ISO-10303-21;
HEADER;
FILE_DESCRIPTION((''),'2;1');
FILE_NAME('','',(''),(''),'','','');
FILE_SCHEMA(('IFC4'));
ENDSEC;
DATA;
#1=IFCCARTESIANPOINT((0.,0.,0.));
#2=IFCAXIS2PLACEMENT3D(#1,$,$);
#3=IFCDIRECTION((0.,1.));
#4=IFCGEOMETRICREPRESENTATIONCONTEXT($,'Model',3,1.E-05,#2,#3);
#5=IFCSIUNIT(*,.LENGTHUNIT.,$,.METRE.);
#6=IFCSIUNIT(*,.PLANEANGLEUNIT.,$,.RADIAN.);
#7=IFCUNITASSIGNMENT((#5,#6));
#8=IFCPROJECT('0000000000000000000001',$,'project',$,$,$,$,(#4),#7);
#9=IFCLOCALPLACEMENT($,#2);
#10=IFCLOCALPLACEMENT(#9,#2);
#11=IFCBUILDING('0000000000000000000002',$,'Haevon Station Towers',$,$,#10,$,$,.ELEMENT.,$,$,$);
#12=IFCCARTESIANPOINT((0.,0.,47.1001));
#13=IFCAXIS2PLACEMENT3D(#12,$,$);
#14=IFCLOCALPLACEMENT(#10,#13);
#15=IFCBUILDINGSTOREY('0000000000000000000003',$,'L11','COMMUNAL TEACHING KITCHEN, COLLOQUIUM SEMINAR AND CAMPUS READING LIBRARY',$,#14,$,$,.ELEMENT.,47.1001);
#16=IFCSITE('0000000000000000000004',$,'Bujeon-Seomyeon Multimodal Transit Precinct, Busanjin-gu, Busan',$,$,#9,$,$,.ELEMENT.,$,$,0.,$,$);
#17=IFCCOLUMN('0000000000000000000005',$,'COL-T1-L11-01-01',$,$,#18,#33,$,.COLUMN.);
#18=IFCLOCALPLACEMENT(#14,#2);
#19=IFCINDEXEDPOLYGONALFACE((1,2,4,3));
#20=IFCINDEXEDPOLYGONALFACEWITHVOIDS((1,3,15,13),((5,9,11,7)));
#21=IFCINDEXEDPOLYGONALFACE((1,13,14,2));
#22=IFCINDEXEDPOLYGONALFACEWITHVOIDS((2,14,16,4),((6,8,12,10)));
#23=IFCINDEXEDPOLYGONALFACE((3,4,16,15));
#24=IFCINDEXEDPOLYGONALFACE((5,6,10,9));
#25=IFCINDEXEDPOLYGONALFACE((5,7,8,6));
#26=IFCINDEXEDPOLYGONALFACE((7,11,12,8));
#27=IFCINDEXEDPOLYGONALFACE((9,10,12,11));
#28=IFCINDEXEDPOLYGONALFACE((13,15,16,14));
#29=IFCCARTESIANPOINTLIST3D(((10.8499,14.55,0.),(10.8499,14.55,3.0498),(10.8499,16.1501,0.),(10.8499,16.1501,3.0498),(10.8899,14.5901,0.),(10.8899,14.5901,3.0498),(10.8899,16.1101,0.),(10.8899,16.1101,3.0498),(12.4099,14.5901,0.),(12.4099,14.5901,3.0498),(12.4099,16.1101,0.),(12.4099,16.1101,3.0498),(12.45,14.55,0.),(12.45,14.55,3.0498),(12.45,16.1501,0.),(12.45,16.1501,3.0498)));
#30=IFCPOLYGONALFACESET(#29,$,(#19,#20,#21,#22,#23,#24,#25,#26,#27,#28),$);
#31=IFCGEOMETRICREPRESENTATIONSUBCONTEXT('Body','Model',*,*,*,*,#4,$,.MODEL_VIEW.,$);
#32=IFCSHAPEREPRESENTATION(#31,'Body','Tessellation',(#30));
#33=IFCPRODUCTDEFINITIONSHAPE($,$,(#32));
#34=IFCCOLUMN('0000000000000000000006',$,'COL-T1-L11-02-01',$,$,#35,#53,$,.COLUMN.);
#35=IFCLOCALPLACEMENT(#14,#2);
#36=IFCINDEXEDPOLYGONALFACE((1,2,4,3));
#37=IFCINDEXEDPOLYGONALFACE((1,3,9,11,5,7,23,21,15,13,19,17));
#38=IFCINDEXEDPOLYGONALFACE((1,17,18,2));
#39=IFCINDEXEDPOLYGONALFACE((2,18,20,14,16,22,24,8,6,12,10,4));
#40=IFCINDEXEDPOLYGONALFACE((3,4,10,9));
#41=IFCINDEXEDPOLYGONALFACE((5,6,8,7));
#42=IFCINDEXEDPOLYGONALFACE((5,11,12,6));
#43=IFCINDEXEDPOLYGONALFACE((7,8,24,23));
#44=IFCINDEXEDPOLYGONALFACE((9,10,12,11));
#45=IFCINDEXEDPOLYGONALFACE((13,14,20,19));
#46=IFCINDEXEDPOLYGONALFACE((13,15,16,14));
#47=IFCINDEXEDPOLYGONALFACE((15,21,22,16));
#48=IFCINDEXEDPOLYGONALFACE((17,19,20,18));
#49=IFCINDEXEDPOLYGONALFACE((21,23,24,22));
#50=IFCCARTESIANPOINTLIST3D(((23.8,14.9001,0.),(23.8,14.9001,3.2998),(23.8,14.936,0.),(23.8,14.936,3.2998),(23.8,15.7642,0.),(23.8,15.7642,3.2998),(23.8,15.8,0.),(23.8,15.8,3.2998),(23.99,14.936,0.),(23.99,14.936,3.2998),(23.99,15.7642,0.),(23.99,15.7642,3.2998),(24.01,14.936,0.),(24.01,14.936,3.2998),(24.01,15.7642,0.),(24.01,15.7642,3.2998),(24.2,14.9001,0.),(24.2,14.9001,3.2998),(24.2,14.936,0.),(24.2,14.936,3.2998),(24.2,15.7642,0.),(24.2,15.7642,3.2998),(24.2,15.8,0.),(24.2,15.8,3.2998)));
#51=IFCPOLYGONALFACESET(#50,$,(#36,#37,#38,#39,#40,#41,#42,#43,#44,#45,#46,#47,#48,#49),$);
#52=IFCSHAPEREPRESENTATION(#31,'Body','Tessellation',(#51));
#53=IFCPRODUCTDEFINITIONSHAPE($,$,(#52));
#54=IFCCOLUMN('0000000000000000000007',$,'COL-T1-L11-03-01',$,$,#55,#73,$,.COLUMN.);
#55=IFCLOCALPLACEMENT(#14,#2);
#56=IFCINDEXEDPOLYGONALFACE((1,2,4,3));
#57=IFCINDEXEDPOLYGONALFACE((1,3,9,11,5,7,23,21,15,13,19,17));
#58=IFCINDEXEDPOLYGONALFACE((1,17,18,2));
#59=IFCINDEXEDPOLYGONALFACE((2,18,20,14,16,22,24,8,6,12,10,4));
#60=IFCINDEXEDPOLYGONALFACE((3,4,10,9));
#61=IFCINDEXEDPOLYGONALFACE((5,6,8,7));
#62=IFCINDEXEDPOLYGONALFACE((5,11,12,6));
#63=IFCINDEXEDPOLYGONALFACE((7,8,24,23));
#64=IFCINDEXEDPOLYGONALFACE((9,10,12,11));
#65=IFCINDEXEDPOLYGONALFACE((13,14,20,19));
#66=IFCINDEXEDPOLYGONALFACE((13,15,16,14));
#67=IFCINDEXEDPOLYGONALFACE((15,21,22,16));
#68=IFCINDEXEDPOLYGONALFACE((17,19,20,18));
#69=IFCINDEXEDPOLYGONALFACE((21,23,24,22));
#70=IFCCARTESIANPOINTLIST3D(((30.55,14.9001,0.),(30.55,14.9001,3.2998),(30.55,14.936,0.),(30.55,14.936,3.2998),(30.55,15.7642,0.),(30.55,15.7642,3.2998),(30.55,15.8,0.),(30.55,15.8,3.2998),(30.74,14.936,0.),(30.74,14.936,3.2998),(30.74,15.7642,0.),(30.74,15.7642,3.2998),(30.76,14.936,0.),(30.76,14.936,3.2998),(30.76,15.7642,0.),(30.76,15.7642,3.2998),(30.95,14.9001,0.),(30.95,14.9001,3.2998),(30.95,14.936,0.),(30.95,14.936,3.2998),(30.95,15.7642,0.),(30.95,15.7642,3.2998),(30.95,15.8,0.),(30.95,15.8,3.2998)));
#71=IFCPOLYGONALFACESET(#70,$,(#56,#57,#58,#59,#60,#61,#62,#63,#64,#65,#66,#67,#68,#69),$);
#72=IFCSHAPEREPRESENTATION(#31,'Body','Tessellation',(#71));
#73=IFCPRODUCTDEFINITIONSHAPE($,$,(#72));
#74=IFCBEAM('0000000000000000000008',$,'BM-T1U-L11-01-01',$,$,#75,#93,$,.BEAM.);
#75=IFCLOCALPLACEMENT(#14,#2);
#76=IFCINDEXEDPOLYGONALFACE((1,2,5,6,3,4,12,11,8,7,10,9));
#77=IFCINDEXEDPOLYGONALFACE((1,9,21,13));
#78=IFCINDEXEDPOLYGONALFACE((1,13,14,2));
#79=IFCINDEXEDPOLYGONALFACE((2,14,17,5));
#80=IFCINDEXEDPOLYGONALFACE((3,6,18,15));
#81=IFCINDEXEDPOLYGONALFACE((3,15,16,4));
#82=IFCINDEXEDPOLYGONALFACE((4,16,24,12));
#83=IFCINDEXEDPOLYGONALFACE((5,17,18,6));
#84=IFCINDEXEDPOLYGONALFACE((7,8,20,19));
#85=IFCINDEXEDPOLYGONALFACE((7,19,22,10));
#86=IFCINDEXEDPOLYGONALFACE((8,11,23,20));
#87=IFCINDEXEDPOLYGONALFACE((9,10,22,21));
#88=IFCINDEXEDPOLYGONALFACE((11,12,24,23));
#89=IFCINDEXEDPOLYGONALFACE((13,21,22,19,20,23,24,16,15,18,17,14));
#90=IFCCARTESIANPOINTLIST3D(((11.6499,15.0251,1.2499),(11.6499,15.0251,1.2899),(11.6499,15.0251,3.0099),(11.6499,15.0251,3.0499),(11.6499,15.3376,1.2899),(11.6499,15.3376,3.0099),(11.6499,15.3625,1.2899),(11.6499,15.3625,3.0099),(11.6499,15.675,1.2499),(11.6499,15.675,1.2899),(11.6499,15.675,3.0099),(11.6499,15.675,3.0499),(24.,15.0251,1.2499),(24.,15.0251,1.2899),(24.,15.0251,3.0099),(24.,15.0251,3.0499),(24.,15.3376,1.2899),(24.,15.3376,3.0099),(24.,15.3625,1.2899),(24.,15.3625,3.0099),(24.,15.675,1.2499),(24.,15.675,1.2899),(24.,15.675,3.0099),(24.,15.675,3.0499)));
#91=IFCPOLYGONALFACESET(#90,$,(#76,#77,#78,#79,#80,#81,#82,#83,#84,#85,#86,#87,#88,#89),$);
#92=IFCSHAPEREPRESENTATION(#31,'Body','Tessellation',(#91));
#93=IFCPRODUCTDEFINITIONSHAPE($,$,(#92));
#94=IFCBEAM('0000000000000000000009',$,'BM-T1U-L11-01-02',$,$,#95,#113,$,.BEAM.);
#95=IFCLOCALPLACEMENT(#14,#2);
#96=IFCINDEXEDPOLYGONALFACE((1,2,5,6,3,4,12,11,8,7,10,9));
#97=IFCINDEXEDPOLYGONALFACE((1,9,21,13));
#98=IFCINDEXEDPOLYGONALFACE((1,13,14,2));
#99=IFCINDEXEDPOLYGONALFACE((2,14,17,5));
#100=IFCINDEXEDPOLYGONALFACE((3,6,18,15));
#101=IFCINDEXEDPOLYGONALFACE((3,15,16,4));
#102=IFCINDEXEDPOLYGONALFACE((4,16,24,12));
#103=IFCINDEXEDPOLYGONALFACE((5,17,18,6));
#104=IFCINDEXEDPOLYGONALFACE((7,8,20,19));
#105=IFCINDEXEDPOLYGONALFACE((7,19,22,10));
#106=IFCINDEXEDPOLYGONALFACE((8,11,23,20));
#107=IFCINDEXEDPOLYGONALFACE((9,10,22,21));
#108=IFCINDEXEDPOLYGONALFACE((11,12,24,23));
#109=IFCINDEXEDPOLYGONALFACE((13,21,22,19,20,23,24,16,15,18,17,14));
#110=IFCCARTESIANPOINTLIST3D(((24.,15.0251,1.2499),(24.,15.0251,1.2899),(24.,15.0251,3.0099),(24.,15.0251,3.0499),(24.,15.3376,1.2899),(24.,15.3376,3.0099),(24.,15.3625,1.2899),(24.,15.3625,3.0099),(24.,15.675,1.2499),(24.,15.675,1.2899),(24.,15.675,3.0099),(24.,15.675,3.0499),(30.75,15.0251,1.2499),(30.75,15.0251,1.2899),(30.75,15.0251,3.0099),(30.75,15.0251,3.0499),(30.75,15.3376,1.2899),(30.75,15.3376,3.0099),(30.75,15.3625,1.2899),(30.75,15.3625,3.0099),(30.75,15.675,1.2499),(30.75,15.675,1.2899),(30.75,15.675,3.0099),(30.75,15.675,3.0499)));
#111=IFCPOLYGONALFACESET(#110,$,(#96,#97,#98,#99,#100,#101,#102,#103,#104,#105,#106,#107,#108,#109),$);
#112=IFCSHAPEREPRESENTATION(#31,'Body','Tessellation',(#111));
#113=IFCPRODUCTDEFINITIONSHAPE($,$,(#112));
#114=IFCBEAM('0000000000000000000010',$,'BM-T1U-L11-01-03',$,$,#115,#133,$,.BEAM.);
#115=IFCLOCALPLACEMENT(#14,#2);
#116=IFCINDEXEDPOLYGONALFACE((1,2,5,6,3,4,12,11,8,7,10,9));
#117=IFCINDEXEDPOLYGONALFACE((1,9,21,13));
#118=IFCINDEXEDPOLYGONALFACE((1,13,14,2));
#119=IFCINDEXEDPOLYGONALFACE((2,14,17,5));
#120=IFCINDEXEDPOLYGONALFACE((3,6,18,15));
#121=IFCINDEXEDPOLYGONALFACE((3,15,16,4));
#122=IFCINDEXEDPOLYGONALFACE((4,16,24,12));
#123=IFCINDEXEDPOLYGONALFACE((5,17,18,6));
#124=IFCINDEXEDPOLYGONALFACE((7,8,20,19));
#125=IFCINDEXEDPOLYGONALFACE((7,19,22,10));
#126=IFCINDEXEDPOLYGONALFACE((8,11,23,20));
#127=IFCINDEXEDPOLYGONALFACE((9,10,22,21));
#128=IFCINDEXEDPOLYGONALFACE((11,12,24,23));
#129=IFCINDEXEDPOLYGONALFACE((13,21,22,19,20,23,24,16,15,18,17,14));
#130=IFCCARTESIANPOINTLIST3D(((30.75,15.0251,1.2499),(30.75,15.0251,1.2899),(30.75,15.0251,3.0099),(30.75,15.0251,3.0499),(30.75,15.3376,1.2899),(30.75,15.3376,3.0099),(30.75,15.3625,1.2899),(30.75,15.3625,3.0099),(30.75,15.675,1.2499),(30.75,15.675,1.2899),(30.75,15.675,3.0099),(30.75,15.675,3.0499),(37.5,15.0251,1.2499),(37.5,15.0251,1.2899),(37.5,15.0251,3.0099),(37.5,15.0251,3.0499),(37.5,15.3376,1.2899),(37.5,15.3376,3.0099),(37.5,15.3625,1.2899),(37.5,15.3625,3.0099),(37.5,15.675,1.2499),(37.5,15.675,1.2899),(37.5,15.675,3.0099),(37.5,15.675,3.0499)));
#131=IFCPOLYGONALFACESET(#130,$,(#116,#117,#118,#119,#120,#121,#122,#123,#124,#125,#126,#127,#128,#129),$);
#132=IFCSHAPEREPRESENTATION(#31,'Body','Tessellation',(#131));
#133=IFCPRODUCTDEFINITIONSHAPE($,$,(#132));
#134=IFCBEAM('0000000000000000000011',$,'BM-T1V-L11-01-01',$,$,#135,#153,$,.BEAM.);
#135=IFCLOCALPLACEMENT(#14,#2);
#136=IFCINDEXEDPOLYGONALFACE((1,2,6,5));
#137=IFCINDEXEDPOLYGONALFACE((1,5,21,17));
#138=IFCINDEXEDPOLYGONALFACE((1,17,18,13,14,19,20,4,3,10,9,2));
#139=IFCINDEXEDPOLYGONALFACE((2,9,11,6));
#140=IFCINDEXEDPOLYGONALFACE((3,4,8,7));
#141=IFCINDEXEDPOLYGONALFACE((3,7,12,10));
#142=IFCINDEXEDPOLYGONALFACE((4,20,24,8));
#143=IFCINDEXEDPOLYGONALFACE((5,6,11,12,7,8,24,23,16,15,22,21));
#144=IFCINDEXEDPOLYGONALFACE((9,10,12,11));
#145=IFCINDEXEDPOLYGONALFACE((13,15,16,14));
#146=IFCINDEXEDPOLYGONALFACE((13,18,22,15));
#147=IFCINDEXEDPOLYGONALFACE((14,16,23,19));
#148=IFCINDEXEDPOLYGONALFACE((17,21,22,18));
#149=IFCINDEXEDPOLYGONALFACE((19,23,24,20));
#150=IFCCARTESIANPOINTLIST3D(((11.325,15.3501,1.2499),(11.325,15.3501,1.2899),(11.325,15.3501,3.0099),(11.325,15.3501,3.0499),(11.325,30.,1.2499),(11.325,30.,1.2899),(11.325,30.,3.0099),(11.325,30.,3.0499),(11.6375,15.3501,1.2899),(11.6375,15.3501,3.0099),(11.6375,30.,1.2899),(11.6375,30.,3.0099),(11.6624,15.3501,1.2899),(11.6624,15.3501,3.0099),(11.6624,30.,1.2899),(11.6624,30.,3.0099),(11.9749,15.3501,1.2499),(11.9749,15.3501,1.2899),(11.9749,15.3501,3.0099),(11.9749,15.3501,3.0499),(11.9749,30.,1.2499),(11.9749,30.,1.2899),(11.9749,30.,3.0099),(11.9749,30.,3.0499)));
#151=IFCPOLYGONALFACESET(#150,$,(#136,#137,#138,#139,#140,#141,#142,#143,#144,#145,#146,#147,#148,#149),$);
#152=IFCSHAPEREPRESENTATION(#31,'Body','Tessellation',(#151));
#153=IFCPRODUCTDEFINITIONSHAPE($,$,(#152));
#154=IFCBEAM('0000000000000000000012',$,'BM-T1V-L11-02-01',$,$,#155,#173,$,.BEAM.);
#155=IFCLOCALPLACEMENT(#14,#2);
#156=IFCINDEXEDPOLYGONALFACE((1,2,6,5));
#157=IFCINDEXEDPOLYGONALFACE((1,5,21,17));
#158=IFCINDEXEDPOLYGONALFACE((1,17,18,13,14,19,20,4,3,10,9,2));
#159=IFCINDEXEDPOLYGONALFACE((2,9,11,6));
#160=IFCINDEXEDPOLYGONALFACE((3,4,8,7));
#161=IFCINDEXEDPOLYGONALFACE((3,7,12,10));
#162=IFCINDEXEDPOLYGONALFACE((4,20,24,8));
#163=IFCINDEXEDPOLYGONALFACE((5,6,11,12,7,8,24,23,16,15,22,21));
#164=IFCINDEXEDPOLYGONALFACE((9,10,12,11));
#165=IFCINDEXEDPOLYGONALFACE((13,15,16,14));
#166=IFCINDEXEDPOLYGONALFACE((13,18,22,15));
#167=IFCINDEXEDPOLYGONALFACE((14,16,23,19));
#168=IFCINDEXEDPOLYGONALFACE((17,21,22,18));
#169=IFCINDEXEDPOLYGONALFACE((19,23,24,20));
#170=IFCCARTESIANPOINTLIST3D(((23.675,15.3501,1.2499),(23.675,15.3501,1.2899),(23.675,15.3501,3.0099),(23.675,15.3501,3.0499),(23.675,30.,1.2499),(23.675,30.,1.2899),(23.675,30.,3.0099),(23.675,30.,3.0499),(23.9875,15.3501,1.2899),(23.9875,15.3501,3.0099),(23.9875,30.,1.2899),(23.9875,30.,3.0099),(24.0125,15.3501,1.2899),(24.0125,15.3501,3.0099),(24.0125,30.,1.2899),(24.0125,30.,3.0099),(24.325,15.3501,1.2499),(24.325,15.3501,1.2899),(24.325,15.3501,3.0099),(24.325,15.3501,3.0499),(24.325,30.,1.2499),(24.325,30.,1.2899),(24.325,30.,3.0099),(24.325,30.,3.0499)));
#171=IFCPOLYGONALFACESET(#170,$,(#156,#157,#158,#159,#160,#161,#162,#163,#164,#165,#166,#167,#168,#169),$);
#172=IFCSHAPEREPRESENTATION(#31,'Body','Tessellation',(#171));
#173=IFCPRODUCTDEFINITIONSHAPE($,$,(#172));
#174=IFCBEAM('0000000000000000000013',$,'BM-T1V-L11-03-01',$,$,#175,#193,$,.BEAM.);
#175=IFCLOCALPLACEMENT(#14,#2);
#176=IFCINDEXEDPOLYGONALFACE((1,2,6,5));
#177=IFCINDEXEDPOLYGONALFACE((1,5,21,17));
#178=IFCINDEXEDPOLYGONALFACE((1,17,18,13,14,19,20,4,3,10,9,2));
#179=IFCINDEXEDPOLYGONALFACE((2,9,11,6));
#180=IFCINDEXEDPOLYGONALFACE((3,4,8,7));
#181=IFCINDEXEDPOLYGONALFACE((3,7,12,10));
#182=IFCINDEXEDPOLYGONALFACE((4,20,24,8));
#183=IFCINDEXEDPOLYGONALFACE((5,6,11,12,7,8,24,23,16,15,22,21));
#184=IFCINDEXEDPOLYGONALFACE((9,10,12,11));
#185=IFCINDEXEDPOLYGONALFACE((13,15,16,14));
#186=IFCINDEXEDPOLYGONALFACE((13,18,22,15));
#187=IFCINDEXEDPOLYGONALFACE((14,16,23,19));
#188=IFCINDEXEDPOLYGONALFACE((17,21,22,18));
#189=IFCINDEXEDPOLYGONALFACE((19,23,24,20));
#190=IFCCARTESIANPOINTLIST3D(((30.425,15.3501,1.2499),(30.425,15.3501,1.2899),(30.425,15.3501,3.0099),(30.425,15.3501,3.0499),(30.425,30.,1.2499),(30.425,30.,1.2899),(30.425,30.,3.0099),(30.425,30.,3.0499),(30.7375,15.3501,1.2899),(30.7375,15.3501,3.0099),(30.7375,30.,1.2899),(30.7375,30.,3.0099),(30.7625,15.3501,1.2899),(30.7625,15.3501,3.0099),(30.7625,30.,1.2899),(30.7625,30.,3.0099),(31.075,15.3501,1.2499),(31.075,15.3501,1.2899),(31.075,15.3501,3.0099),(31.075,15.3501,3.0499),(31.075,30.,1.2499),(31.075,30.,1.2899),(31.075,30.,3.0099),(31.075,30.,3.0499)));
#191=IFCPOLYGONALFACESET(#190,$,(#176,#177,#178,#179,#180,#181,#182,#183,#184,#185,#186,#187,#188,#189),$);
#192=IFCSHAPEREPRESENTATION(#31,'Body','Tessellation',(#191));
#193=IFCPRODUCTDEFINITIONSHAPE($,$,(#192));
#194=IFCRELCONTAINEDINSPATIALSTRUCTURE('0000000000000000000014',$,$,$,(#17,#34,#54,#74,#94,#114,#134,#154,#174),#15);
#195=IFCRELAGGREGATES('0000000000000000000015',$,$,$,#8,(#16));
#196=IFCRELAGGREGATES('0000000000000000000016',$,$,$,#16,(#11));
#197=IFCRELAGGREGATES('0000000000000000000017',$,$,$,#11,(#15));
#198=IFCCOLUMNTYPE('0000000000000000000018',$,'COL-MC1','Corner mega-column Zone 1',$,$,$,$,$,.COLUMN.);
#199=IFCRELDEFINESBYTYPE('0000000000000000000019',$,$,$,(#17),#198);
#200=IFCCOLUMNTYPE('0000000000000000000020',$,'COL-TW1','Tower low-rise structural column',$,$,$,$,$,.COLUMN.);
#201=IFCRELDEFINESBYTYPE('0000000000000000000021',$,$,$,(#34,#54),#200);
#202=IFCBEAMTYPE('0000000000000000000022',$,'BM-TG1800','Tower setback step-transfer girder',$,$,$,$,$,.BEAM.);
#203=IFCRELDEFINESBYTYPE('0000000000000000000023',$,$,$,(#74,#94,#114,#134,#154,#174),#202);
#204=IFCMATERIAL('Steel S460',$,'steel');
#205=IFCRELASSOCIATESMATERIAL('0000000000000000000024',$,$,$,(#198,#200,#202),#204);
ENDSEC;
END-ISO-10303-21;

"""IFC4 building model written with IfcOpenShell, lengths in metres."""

from ifc_helpers import new_model, si_unit, direction, frame, origin, origin_2d, place, context, subcontext, project, spatial, hollow_rectangle, i_section, extrude, material, material_profile, profile_set, type_object, element, save


model = new_model("IFC4")

# Units and contexts
model_context = context("Model", 3, precision=1e-05, world=origin(), true_north=direction((0.0, 1.0)))
body_context = subcontext(model_context, "Body", "Model", "MODEL_VIEW")
ifc_project = project(units=[si_unit("LENGTHUNIT", "METRE"), si_unit("PLANEANGLEUNIT", "RADIAN")], contexts=[model_context])

# Site, building, storey
site_placement = place(None, origin())
site = spatial("IfcSite", under=ifc_project, at=site_placement, Name="Bujeon-Seomyeon Multimodal Transit Precinct, Busanjin-gu, Busan", CompositionType="ELEMENT", RefElevation=0.0)
building_placement = place(site_placement, origin())
building = spatial("IfcBuilding", under=site, at=building_placement, Name="Haevon Station Towers", CompositionType="ELEMENT")
storey_placement = place(building_placement, frame((0.0, 0.0, 47.1001)))
storey = spatial("IfcBuildingStorey", under=building, at=storey_placement, Name="L11", Description="COMMUNAL TEACHING KITCHEN, COLLOQUIUM SEMINAR AND CAMPUS READING LIBRARY", CompositionType="ELEMENT", Elevation=47.1001)

# Columns
ifc_material_1 = material(Name="Steel S460", Category="steel")
ifc_material_profile_1 = material_profile(ifc_material_1, hollow_rectangle(XDim=1.6001, YDim=1.6001, WallThickness=0.04, at=origin_2d()), Name="BOX-1600x1600x40")
ifc_profile_set_1 = profile_set([ifc_material_profile_1], Name="Steel S460")
column_type_1 = type_object("IfcColumnType", Name="COL-MC1", Description="Corner mega-column Zone 1", PredefinedType="COLUMN", material=ifc_profile_set_1)
column_placement = place(storey_placement, frame((11.6499, 15.3501, 0.0), z_axis=(0.0, 0.0, 1.0), x_axis=(1.0, 0.0, 0.0)))
element("IfcColumn", 1, at=column_placement, inside=storey, type_object=column_type_1, Name="COL-T1-L11-01-01", PredefinedType="COLUMN", context=body_context, shape_type="SweptSolid", body=[
    extrude(hollow_rectangle(XDim=1.6001, YDim=1.6001, WallThickness=0.04, at=origin_2d()), origin(), (0.0, 0.0, 1.0), 3.0498),
])
ifc_material_profile_2 = material_profile(ifc_material_1, i_section(OverallWidth=0.3999, OverallDepth=0.8999, WebThickness=0.02, FlangeThickness=0.0359, at=origin_2d()), Name="H-900x400x20x36")
ifc_profile_set_2 = profile_set([ifc_material_profile_2], Name="Steel S460")
column_type_2 = type_object("IfcColumnType", Name="COL-TW1", Description="Tower low-rise structural column", PredefinedType="COLUMN", material=ifc_profile_set_2)
for number, where, z_axis, x_axis, name in (
    (2, (24.0, 15.3501, 0.0), (0.0, 0.0, 1.0), (1.0, 0.0, 0.0), "COL-T1-L11-02-01"),
    (3, (30.75, 15.3501, 0.0), (0.0, 0.0, 1.0), (1.0, 0.0, 0.0), "COL-T1-L11-03-01"),
):
    element("IfcColumn", number, at=place(storey_placement, frame(where, z_axis=z_axis, x_axis=x_axis)), inside=storey, type_object=column_type_2, Name=name, PredefinedType="COLUMN", context=body_context, shape_type="SweptSolid", body=[
        extrude(i_section(OverallWidth=0.3999, OverallDepth=0.8999, WebThickness=0.02, FlangeThickness=0.0359, at=origin_2d()), origin(), (0.0, 0.0, 1.0), 3.2998),
    ])

# Beams
ifc_material_profile_3 = material_profile(ifc_material_1, i_section(OverallWidth=0.6499, OverallDepth=1.8, WebThickness=0.0249, FlangeThickness=0.04, at=origin_2d()), Name="H-1800x650x25x40")
ifc_profile_set_3 = profile_set([ifc_material_profile_3], Name="Steel S460")
beam_type = type_object("IfcBeamType", Name="BM-TG1800", Description="Tower setback step-transfer girder", PredefinedType="BEAM", material=ifc_profile_set_3)
beam_placement = place(storey_placement, frame((11.6499, 15.3501, 2.1499), z_axis=(1.0, 0.0, 0.0), x_axis=(0.0, 1.0, 0.0)))
element("IfcBeam", 4, at=beam_placement, inside=storey, type_object=beam_type, Name="BM-T1U-L11-01-01", PredefinedType="BEAM", context=body_context, shape_type="SweptSolid", body=[
    extrude(i_section(OverallWidth=0.6499, OverallDepth=1.8, WebThickness=0.0249, FlangeThickness=0.04, at=origin_2d()), origin(), (0.0, 0.0, 1.0), 12.3501),
])
for number, where, z_axis, x_axis, name in (
    (5, (24.0, 15.3501, 2.1499), (1.0, 0.0, 0.0), (0.0, 1.0, 0.0), "BM-T1U-L11-01-02"),
    (6, (30.75, 15.3501, 2.1499), (1.0, 0.0, 0.0), (0.0, 1.0, 0.0), "BM-T1U-L11-01-03"),
):
    element("IfcBeam", number, at=place(storey_placement, frame(where, z_axis=z_axis, x_axis=x_axis)), inside=storey, type_object=beam_type, Name=name, PredefinedType="BEAM", context=body_context, shape_type="SweptSolid", body=[
        extrude(i_section(OverallWidth=0.6499, OverallDepth=1.8, WebThickness=0.0249, FlangeThickness=0.04, at=origin_2d()), origin(), (0.0, 0.0, 1.0), 6.75),
    ])
for number, where, z_axis, x_axis, name in (
    (7, (11.6499, 15.3501, 2.1499), (0.0, 1.0, 0.0), (-1.0, 0.0, 0.0), "BM-T1V-L11-01-01"),
    (8, (24.0, 15.3501, 2.1499), (0.0, 1.0, 0.0), (-1.0, 0.0, 0.0), "BM-T1V-L11-02-01"),
    (9, (30.75, 15.3501, 2.1499), (0.0, 1.0, 0.0), (-1.0, 0.0, 0.0), "BM-T1V-L11-03-01"),
):
    element("IfcBeam", number, at=place(storey_placement, frame(where, z_axis=z_axis, x_axis=x_axis)), inside=storey, type_object=beam_type, Name=name, PredefinedType="BEAM", context=body_context, shape_type="SweptSolid", body=[
        extrude(i_section(OverallWidth=0.6499, OverallDepth=1.8, WebThickness=0.0249, FlangeThickness=0.04, at=origin_2d()), origin(), (0.0, 0.0, 1.0), 14.6499),
    ])

save(model, "model.ifc")
